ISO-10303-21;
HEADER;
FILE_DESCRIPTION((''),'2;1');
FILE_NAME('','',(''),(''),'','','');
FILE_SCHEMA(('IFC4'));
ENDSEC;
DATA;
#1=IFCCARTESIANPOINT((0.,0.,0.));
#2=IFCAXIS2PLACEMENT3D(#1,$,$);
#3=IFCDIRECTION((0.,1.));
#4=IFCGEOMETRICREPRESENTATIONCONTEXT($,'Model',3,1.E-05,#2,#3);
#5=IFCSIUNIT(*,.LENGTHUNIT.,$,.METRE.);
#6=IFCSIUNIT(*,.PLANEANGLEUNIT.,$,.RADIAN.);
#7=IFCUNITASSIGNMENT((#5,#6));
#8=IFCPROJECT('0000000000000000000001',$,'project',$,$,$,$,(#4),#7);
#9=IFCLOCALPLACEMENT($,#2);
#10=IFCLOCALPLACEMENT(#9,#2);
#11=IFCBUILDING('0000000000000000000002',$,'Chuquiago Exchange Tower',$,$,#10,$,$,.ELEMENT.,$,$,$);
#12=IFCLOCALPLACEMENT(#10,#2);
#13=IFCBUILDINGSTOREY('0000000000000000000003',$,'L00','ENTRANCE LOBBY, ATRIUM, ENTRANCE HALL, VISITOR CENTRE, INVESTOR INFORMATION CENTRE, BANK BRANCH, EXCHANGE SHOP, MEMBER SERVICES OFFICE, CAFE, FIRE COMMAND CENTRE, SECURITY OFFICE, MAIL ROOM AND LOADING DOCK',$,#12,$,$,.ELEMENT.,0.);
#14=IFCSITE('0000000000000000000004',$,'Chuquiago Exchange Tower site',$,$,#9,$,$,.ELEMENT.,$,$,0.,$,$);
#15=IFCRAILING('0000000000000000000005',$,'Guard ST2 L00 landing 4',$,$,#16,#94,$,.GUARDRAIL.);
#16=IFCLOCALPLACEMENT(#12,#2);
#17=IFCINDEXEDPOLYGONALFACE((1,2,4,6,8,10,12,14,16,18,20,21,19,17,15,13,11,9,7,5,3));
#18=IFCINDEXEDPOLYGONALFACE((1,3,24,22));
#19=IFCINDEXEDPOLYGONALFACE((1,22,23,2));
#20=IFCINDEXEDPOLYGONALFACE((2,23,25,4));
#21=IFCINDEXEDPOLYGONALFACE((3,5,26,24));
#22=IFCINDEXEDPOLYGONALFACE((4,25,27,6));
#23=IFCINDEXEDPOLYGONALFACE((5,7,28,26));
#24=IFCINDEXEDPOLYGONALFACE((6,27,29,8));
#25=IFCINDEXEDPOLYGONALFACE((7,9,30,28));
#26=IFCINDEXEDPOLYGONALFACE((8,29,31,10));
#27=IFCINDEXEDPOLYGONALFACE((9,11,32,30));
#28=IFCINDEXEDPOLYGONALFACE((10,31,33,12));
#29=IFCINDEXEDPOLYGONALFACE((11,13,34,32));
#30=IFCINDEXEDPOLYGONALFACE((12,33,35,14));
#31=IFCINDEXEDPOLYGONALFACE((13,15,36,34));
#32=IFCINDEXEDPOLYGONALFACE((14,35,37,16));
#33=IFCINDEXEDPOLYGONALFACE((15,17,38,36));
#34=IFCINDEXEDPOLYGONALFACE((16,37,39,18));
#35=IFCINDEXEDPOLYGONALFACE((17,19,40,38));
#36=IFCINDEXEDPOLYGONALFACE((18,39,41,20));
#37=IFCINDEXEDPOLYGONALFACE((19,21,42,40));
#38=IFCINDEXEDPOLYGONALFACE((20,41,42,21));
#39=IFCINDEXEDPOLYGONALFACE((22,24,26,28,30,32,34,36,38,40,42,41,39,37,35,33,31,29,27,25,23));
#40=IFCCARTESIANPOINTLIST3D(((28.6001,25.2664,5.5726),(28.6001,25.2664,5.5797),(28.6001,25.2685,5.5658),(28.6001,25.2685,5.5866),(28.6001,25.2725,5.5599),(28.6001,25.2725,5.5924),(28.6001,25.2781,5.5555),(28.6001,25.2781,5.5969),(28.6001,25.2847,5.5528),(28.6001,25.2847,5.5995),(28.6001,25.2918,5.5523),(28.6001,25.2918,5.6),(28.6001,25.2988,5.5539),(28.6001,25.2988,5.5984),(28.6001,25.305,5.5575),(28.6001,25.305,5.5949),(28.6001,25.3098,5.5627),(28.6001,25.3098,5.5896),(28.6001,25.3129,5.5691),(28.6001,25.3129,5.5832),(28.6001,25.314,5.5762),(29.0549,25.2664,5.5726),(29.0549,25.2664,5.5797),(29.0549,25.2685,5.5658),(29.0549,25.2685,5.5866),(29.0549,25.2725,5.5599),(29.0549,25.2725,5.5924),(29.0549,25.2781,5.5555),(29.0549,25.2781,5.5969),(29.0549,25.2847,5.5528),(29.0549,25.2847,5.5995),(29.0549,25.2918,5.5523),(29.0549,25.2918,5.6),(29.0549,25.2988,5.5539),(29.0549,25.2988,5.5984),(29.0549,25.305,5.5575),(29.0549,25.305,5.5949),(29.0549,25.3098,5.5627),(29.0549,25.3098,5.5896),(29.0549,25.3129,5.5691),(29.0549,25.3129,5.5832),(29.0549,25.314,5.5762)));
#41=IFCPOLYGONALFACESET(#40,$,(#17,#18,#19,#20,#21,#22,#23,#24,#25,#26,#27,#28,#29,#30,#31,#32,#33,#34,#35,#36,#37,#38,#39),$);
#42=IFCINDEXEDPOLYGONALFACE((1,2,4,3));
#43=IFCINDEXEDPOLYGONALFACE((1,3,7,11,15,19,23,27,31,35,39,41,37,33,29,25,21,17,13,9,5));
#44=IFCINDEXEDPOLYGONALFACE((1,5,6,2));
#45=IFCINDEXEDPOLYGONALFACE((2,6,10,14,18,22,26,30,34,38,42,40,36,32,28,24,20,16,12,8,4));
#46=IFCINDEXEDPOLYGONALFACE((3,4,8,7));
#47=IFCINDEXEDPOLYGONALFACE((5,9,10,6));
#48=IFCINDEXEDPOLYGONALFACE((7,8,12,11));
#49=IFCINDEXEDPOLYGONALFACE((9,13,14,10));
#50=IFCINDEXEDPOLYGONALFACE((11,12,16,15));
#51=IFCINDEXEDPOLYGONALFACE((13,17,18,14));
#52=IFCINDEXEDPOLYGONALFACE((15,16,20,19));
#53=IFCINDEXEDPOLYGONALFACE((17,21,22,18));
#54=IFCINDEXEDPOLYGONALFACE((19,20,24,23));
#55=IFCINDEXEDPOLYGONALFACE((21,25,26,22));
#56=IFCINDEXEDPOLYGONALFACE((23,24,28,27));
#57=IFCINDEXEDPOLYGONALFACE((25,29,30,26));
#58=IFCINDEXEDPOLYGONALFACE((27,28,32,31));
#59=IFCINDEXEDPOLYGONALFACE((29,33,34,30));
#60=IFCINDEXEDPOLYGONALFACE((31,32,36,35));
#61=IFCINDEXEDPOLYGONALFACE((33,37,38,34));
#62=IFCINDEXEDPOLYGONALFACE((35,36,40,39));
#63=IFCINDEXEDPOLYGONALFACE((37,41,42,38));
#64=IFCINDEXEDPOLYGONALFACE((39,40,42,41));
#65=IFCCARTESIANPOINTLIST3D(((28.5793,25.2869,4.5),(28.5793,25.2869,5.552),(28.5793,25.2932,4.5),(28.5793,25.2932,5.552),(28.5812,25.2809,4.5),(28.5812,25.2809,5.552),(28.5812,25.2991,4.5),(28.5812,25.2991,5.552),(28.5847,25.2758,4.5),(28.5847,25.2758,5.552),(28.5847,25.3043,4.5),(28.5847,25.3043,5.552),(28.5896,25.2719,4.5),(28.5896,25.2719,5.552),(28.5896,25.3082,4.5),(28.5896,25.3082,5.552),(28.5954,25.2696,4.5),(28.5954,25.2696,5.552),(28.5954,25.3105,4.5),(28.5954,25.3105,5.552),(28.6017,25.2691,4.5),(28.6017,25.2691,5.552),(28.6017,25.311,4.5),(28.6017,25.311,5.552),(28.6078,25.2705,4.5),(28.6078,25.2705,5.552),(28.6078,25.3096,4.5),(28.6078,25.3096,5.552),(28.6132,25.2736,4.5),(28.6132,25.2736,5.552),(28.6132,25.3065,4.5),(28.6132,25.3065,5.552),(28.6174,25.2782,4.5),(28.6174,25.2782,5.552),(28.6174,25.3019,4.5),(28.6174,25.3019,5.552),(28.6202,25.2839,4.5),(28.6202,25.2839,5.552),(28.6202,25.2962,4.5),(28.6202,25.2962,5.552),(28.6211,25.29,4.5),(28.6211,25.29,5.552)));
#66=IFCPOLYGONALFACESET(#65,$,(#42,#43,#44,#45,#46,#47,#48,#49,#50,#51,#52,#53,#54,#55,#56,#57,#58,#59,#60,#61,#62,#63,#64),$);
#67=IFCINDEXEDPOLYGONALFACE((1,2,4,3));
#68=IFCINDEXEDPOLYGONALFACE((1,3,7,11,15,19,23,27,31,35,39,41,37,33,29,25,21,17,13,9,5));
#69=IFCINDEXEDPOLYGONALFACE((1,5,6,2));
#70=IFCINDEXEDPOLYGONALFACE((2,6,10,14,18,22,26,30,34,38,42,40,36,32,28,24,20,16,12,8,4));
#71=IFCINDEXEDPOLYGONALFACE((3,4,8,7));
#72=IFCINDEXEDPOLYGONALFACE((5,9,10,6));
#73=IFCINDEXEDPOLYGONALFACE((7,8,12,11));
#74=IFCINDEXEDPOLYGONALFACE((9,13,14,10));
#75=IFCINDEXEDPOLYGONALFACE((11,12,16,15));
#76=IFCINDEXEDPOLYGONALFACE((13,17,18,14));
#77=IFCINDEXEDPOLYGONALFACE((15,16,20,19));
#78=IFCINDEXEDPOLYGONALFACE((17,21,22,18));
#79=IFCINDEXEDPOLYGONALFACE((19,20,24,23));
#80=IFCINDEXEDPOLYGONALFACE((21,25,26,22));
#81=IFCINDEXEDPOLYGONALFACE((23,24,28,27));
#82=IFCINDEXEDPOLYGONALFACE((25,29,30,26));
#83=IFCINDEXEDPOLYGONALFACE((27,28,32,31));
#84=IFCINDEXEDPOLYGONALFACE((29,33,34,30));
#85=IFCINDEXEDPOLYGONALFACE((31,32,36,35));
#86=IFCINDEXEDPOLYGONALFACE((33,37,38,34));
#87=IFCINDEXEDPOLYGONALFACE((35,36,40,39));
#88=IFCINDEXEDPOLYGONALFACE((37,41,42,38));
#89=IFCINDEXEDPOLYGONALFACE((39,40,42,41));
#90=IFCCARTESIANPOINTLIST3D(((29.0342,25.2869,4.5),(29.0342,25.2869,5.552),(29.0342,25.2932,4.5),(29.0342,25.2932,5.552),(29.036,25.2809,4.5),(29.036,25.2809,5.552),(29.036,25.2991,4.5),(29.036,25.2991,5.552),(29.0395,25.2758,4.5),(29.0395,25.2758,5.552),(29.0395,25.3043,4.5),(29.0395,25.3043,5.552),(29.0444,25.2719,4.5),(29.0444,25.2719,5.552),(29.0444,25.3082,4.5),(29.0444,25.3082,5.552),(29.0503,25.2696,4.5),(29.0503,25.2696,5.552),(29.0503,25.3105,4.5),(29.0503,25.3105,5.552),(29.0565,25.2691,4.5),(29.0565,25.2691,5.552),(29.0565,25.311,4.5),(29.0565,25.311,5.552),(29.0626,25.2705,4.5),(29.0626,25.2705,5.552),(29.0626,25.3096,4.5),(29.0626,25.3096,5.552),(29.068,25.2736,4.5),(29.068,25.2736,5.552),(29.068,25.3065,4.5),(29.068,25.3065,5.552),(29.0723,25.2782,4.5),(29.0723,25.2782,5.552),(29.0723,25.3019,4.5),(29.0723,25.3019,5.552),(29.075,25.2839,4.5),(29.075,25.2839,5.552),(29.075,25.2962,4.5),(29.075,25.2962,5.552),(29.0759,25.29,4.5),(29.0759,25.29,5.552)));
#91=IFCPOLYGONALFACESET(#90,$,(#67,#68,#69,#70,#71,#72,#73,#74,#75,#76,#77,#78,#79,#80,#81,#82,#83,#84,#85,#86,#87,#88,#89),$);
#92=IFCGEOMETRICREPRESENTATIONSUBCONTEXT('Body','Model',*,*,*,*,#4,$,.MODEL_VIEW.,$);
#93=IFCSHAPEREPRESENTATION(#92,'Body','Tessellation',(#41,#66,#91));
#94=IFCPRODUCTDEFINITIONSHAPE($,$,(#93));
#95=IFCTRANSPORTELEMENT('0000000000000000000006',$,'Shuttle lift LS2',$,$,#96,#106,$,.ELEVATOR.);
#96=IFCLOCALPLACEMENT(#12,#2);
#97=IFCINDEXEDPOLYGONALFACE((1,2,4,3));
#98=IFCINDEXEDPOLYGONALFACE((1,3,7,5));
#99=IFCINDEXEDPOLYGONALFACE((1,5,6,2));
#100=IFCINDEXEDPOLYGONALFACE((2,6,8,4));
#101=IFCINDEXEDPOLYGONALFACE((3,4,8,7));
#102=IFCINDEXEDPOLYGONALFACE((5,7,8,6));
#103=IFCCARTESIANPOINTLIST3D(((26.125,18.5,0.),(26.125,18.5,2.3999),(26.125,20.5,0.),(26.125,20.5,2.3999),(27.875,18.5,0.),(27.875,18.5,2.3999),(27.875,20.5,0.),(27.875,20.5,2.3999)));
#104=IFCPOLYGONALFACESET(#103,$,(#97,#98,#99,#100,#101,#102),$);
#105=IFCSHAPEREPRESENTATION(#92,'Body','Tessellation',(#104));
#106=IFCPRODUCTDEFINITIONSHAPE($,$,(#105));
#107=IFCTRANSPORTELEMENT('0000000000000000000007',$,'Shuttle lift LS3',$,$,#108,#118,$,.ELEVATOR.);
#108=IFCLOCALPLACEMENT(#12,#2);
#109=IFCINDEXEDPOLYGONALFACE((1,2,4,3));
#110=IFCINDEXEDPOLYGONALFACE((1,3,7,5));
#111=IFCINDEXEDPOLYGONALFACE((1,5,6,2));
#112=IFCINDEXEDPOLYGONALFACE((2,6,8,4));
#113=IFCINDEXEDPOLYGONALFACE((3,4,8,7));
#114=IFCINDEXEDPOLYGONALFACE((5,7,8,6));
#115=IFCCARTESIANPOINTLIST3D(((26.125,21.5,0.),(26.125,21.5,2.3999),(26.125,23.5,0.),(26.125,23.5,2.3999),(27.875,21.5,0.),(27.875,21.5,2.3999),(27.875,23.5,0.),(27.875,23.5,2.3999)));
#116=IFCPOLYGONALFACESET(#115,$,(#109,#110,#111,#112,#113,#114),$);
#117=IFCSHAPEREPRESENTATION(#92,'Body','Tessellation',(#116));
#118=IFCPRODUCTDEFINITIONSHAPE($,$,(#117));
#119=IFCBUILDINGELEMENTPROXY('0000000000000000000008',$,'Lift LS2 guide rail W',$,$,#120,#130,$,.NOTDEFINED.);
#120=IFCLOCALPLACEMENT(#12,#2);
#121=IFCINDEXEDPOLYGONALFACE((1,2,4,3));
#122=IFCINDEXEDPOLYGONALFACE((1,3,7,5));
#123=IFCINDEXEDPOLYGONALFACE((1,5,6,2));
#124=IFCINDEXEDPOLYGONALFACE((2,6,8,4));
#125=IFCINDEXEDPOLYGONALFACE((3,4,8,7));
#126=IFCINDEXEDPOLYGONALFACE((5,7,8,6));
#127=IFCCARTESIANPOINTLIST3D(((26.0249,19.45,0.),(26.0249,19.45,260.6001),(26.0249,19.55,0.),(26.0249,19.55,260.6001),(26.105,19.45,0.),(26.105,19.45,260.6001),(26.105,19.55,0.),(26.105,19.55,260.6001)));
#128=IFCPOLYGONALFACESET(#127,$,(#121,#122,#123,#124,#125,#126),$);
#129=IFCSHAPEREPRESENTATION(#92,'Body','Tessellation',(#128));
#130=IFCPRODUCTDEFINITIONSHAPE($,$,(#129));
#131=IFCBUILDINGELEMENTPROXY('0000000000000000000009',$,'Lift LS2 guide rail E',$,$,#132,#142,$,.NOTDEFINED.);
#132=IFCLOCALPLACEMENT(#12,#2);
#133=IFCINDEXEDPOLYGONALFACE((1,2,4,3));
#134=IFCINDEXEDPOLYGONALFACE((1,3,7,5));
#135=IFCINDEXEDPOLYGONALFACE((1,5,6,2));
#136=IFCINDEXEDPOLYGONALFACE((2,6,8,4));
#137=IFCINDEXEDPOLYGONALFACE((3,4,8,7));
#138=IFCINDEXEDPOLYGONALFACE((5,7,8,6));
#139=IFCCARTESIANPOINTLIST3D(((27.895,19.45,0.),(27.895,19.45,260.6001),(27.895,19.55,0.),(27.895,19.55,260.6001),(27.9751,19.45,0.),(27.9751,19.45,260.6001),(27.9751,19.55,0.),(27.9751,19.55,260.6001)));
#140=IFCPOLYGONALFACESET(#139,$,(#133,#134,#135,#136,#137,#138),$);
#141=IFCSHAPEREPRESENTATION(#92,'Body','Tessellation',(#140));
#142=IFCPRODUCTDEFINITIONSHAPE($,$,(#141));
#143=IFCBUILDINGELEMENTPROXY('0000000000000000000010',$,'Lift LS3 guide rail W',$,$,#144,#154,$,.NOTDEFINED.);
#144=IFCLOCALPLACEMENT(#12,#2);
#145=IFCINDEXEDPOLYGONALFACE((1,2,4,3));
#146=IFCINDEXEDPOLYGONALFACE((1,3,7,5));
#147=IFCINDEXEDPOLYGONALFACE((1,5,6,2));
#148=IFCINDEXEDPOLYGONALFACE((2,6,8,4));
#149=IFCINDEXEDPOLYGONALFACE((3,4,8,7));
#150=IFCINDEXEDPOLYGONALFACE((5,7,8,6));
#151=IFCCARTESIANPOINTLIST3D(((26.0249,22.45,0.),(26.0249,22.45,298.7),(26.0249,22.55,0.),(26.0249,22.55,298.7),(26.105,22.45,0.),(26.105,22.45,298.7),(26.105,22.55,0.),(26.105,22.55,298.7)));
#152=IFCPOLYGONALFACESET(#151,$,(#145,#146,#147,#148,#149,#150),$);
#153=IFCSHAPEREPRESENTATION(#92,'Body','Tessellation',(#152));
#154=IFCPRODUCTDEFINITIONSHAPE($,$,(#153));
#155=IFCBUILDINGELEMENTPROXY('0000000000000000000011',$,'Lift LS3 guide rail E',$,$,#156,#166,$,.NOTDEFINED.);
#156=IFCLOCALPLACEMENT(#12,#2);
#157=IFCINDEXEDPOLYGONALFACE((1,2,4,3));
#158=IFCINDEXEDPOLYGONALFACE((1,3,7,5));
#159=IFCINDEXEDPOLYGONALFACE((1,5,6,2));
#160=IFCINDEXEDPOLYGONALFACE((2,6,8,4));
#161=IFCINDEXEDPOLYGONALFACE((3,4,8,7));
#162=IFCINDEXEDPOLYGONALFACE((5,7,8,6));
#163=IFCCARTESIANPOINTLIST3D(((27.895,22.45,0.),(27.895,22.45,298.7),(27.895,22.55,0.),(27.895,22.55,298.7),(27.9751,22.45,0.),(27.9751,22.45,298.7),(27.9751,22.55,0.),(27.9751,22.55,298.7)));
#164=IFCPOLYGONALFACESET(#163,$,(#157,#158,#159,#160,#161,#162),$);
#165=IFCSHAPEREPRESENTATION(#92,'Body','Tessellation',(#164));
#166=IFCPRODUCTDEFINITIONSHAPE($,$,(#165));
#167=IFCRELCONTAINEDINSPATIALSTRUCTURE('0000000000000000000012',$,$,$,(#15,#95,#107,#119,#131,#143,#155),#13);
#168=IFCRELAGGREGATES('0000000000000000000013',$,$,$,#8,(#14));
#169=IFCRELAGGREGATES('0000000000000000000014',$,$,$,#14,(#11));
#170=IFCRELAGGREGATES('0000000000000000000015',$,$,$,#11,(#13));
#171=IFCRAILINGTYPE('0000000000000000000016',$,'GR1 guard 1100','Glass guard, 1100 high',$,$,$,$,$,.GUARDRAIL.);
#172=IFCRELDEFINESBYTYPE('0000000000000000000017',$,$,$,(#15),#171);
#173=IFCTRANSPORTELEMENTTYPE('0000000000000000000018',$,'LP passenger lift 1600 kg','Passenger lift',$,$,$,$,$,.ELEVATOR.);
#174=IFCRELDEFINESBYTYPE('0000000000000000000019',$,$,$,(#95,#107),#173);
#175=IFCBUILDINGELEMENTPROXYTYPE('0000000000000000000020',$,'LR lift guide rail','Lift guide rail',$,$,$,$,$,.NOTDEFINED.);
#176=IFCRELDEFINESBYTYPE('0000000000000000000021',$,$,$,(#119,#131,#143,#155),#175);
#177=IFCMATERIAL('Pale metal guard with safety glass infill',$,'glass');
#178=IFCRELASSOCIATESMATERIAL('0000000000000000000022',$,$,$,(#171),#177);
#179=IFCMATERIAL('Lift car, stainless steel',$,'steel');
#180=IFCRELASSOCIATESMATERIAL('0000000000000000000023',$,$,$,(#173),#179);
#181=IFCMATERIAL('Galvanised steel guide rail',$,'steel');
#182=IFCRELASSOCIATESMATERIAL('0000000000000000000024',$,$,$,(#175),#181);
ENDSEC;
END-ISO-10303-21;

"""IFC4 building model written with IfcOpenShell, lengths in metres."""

from ifc_helpers import new_model, si_unit, direction, frame, origin, origin_2d, place, context, subcontext, project, spatial, rectangle, circle, extrude, material, type_object, element, save


model = new_model("IFC4")

# Units and contexts
model_context = context("Model", 3, precision=1e-05, world=origin(), true_north=direction((0.0, 1.0)))
body_context = subcontext(model_context, "Body", "Model", "MODEL_VIEW")
ifc_project = project(units=[si_unit("LENGTHUNIT", "METRE"), si_unit("PLANEANGLEUNIT", "RADIAN")], contexts=[model_context])

# Site, building, storey
site_placement = place(None, origin())
site = spatial("IfcSite", under=ifc_project, at=site_placement, Name="Chuquiago Exchange Tower site", CompositionType="ELEMENT", RefElevation=0.0)
building_placement = place(site_placement, origin())
building = spatial("IfcBuilding", under=site, at=building_placement, Name="Chuquiago Exchange Tower", CompositionType="ELEMENT")
storey_placement = place(building_placement, origin())
storey = spatial("IfcBuildingStorey", under=building, at=storey_placement, Name="L00", Description="ENTRANCE LOBBY, ATRIUM, ENTRANCE HALL, VISITOR CENTRE, INVESTOR INFORMATION CENTRE, BANK BRANCH, EXCHANGE SHOP, MEMBER SERVICES OFFICE, CAFE, FIRE COMMAND CENTRE, SECURITY OFFICE, MAIL ROOM AND LOADING DOCK", CompositionType="ELEMENT", Elevation=0.0)

# Railing
ifc_material_1 = material(Name="Pale metal guard with safety glass infill", Category="glass")
railing_type = type_object("IfcRailingType", Name="GR1 guard 1100", Description="Glass guard, 1100 high", PredefinedType="GUARDRAIL", material=ifc_material_1)
for number, where, name in (
    (1, (28.6001, 25.29, 4.5), "Guard ST2 L00 landing 4"),
):
    element("IfcRailing", number, at=place(storey_placement, frame(where)), inside=storey, type_object=railing_type, Name=name, PredefinedType="GUARDRAIL", context=body_context, shape_type="SweptSolid", body=[
        extrude(circle(Radius=0.0239, at=origin_2d()), frame((0.0, 0.0, 1.0762), z_axis=(1.0, 0.0, 0.0), x_axis=(0.0, 1.0, 0.0)), (0.0, 0.0, 1.0), 0.4548),
        extrude(circle(Radius=0.021, at=origin_2d()), origin(), (0.0, 0.0, 1.0), 1.052),
        extrude(circle(Radius=0.021, at=origin_2d()), frame((0.4548, 0.0, 0.0)), (0.0, 0.0, 1.0), 1.052),
    ])

# Transport elements
ifc_material_2 = material(Name="Lift car, stainless steel", Category="steel")
transport_element_type = type_object("IfcTransportElementType", Name="LP passenger lift 1600 kg", Description="Passenger lift", PredefinedType="ELEVATOR", material=ifc_material_2)
for number, where, z_axis, x_axis, name in (
    (2, (27.0, 19.5, 0.0), (0.0, 0.0, 1.0), (1.0, 0.0, 0.0), "Shuttle lift LS2"),
    (3, (27.0, 22.5, 0.0), (0.0, 0.0, 1.0), (1.0, 0.0, 0.0), "Shuttle lift LS3"),
):
    element("IfcTransportElement", number, at=place(storey_placement, frame(where, z_axis=z_axis, x_axis=x_axis)), inside=storey, type_object=transport_element_type, Name=name, PredefinedType="ELEVATOR", context=body_context, shape_type="SweptSolid", body=[
        extrude(rectangle(XDim=1.75, YDim=2.0, at=origin_2d()), origin(), (0.0, 0.0, 1.0), 2.3999),
    ])

# Building element proxies
ifc_material_3 = material(Name="Galvanised steel guide rail", Category="steel")
building_element_proxy_type = type_object("IfcBuildingElementProxyType", Name="LR lift guide rail", Description="Lift guide rail", PredefinedType="NOTDEFINED", material=ifc_material_3)
for number, where, z_axis, x_axis, name in (
    (4, (26.0649, 19.5, 0.0), (0.0, 0.0, 1.0), (1.0, 0.0, 0.0), "Lift LS2 guide rail W"),
    (5, (27.9351, 19.5, 0.0), (0.0, 0.0, 1.0), (1.0, 0.0, 0.0), "Lift LS2 guide rail E"),
):
    element("IfcBuildingElementProxy", number, at=place(storey_placement, frame(where, z_axis=z_axis, x_axis=x_axis)), inside=storey, type_object=building_element_proxy_type, Name=name, PredefinedType="NOTDEFINED", context=body_context, shape_type="SweptSolid", body=[
        extrude(rectangle(XDim=0.0801, YDim=0.1001, at=origin_2d()), origin(), (0.0, 0.0, 1.0), 260.6001),
    ])
for number, where, z_axis, x_axis, name in (
    (6, (26.0649, 22.5, 0.0), (0.0, 0.0, 1.0), (1.0, 0.0, 0.0), "Lift LS3 guide rail W"),
    (7, (27.9351, 22.5, 0.0), (0.0, 0.0, 1.0), (1.0, 0.0, 0.0), "Lift LS3 guide rail E"),
):
    element("IfcBuildingElementProxy", number, at=place(storey_placement, frame(where, z_axis=z_axis, x_axis=x_axis)), inside=storey, type_object=building_element_proxy_type, Name=name, PredefinedType="NOTDEFINED", context=body_context, shape_type="SweptSolid", body=[
        extrude(rectangle(XDim=0.0801, YDim=0.1001, at=origin_2d()), origin(), (0.0, 0.0, 1.0), 298.7),
    ])

save(model, "model.ifc")
